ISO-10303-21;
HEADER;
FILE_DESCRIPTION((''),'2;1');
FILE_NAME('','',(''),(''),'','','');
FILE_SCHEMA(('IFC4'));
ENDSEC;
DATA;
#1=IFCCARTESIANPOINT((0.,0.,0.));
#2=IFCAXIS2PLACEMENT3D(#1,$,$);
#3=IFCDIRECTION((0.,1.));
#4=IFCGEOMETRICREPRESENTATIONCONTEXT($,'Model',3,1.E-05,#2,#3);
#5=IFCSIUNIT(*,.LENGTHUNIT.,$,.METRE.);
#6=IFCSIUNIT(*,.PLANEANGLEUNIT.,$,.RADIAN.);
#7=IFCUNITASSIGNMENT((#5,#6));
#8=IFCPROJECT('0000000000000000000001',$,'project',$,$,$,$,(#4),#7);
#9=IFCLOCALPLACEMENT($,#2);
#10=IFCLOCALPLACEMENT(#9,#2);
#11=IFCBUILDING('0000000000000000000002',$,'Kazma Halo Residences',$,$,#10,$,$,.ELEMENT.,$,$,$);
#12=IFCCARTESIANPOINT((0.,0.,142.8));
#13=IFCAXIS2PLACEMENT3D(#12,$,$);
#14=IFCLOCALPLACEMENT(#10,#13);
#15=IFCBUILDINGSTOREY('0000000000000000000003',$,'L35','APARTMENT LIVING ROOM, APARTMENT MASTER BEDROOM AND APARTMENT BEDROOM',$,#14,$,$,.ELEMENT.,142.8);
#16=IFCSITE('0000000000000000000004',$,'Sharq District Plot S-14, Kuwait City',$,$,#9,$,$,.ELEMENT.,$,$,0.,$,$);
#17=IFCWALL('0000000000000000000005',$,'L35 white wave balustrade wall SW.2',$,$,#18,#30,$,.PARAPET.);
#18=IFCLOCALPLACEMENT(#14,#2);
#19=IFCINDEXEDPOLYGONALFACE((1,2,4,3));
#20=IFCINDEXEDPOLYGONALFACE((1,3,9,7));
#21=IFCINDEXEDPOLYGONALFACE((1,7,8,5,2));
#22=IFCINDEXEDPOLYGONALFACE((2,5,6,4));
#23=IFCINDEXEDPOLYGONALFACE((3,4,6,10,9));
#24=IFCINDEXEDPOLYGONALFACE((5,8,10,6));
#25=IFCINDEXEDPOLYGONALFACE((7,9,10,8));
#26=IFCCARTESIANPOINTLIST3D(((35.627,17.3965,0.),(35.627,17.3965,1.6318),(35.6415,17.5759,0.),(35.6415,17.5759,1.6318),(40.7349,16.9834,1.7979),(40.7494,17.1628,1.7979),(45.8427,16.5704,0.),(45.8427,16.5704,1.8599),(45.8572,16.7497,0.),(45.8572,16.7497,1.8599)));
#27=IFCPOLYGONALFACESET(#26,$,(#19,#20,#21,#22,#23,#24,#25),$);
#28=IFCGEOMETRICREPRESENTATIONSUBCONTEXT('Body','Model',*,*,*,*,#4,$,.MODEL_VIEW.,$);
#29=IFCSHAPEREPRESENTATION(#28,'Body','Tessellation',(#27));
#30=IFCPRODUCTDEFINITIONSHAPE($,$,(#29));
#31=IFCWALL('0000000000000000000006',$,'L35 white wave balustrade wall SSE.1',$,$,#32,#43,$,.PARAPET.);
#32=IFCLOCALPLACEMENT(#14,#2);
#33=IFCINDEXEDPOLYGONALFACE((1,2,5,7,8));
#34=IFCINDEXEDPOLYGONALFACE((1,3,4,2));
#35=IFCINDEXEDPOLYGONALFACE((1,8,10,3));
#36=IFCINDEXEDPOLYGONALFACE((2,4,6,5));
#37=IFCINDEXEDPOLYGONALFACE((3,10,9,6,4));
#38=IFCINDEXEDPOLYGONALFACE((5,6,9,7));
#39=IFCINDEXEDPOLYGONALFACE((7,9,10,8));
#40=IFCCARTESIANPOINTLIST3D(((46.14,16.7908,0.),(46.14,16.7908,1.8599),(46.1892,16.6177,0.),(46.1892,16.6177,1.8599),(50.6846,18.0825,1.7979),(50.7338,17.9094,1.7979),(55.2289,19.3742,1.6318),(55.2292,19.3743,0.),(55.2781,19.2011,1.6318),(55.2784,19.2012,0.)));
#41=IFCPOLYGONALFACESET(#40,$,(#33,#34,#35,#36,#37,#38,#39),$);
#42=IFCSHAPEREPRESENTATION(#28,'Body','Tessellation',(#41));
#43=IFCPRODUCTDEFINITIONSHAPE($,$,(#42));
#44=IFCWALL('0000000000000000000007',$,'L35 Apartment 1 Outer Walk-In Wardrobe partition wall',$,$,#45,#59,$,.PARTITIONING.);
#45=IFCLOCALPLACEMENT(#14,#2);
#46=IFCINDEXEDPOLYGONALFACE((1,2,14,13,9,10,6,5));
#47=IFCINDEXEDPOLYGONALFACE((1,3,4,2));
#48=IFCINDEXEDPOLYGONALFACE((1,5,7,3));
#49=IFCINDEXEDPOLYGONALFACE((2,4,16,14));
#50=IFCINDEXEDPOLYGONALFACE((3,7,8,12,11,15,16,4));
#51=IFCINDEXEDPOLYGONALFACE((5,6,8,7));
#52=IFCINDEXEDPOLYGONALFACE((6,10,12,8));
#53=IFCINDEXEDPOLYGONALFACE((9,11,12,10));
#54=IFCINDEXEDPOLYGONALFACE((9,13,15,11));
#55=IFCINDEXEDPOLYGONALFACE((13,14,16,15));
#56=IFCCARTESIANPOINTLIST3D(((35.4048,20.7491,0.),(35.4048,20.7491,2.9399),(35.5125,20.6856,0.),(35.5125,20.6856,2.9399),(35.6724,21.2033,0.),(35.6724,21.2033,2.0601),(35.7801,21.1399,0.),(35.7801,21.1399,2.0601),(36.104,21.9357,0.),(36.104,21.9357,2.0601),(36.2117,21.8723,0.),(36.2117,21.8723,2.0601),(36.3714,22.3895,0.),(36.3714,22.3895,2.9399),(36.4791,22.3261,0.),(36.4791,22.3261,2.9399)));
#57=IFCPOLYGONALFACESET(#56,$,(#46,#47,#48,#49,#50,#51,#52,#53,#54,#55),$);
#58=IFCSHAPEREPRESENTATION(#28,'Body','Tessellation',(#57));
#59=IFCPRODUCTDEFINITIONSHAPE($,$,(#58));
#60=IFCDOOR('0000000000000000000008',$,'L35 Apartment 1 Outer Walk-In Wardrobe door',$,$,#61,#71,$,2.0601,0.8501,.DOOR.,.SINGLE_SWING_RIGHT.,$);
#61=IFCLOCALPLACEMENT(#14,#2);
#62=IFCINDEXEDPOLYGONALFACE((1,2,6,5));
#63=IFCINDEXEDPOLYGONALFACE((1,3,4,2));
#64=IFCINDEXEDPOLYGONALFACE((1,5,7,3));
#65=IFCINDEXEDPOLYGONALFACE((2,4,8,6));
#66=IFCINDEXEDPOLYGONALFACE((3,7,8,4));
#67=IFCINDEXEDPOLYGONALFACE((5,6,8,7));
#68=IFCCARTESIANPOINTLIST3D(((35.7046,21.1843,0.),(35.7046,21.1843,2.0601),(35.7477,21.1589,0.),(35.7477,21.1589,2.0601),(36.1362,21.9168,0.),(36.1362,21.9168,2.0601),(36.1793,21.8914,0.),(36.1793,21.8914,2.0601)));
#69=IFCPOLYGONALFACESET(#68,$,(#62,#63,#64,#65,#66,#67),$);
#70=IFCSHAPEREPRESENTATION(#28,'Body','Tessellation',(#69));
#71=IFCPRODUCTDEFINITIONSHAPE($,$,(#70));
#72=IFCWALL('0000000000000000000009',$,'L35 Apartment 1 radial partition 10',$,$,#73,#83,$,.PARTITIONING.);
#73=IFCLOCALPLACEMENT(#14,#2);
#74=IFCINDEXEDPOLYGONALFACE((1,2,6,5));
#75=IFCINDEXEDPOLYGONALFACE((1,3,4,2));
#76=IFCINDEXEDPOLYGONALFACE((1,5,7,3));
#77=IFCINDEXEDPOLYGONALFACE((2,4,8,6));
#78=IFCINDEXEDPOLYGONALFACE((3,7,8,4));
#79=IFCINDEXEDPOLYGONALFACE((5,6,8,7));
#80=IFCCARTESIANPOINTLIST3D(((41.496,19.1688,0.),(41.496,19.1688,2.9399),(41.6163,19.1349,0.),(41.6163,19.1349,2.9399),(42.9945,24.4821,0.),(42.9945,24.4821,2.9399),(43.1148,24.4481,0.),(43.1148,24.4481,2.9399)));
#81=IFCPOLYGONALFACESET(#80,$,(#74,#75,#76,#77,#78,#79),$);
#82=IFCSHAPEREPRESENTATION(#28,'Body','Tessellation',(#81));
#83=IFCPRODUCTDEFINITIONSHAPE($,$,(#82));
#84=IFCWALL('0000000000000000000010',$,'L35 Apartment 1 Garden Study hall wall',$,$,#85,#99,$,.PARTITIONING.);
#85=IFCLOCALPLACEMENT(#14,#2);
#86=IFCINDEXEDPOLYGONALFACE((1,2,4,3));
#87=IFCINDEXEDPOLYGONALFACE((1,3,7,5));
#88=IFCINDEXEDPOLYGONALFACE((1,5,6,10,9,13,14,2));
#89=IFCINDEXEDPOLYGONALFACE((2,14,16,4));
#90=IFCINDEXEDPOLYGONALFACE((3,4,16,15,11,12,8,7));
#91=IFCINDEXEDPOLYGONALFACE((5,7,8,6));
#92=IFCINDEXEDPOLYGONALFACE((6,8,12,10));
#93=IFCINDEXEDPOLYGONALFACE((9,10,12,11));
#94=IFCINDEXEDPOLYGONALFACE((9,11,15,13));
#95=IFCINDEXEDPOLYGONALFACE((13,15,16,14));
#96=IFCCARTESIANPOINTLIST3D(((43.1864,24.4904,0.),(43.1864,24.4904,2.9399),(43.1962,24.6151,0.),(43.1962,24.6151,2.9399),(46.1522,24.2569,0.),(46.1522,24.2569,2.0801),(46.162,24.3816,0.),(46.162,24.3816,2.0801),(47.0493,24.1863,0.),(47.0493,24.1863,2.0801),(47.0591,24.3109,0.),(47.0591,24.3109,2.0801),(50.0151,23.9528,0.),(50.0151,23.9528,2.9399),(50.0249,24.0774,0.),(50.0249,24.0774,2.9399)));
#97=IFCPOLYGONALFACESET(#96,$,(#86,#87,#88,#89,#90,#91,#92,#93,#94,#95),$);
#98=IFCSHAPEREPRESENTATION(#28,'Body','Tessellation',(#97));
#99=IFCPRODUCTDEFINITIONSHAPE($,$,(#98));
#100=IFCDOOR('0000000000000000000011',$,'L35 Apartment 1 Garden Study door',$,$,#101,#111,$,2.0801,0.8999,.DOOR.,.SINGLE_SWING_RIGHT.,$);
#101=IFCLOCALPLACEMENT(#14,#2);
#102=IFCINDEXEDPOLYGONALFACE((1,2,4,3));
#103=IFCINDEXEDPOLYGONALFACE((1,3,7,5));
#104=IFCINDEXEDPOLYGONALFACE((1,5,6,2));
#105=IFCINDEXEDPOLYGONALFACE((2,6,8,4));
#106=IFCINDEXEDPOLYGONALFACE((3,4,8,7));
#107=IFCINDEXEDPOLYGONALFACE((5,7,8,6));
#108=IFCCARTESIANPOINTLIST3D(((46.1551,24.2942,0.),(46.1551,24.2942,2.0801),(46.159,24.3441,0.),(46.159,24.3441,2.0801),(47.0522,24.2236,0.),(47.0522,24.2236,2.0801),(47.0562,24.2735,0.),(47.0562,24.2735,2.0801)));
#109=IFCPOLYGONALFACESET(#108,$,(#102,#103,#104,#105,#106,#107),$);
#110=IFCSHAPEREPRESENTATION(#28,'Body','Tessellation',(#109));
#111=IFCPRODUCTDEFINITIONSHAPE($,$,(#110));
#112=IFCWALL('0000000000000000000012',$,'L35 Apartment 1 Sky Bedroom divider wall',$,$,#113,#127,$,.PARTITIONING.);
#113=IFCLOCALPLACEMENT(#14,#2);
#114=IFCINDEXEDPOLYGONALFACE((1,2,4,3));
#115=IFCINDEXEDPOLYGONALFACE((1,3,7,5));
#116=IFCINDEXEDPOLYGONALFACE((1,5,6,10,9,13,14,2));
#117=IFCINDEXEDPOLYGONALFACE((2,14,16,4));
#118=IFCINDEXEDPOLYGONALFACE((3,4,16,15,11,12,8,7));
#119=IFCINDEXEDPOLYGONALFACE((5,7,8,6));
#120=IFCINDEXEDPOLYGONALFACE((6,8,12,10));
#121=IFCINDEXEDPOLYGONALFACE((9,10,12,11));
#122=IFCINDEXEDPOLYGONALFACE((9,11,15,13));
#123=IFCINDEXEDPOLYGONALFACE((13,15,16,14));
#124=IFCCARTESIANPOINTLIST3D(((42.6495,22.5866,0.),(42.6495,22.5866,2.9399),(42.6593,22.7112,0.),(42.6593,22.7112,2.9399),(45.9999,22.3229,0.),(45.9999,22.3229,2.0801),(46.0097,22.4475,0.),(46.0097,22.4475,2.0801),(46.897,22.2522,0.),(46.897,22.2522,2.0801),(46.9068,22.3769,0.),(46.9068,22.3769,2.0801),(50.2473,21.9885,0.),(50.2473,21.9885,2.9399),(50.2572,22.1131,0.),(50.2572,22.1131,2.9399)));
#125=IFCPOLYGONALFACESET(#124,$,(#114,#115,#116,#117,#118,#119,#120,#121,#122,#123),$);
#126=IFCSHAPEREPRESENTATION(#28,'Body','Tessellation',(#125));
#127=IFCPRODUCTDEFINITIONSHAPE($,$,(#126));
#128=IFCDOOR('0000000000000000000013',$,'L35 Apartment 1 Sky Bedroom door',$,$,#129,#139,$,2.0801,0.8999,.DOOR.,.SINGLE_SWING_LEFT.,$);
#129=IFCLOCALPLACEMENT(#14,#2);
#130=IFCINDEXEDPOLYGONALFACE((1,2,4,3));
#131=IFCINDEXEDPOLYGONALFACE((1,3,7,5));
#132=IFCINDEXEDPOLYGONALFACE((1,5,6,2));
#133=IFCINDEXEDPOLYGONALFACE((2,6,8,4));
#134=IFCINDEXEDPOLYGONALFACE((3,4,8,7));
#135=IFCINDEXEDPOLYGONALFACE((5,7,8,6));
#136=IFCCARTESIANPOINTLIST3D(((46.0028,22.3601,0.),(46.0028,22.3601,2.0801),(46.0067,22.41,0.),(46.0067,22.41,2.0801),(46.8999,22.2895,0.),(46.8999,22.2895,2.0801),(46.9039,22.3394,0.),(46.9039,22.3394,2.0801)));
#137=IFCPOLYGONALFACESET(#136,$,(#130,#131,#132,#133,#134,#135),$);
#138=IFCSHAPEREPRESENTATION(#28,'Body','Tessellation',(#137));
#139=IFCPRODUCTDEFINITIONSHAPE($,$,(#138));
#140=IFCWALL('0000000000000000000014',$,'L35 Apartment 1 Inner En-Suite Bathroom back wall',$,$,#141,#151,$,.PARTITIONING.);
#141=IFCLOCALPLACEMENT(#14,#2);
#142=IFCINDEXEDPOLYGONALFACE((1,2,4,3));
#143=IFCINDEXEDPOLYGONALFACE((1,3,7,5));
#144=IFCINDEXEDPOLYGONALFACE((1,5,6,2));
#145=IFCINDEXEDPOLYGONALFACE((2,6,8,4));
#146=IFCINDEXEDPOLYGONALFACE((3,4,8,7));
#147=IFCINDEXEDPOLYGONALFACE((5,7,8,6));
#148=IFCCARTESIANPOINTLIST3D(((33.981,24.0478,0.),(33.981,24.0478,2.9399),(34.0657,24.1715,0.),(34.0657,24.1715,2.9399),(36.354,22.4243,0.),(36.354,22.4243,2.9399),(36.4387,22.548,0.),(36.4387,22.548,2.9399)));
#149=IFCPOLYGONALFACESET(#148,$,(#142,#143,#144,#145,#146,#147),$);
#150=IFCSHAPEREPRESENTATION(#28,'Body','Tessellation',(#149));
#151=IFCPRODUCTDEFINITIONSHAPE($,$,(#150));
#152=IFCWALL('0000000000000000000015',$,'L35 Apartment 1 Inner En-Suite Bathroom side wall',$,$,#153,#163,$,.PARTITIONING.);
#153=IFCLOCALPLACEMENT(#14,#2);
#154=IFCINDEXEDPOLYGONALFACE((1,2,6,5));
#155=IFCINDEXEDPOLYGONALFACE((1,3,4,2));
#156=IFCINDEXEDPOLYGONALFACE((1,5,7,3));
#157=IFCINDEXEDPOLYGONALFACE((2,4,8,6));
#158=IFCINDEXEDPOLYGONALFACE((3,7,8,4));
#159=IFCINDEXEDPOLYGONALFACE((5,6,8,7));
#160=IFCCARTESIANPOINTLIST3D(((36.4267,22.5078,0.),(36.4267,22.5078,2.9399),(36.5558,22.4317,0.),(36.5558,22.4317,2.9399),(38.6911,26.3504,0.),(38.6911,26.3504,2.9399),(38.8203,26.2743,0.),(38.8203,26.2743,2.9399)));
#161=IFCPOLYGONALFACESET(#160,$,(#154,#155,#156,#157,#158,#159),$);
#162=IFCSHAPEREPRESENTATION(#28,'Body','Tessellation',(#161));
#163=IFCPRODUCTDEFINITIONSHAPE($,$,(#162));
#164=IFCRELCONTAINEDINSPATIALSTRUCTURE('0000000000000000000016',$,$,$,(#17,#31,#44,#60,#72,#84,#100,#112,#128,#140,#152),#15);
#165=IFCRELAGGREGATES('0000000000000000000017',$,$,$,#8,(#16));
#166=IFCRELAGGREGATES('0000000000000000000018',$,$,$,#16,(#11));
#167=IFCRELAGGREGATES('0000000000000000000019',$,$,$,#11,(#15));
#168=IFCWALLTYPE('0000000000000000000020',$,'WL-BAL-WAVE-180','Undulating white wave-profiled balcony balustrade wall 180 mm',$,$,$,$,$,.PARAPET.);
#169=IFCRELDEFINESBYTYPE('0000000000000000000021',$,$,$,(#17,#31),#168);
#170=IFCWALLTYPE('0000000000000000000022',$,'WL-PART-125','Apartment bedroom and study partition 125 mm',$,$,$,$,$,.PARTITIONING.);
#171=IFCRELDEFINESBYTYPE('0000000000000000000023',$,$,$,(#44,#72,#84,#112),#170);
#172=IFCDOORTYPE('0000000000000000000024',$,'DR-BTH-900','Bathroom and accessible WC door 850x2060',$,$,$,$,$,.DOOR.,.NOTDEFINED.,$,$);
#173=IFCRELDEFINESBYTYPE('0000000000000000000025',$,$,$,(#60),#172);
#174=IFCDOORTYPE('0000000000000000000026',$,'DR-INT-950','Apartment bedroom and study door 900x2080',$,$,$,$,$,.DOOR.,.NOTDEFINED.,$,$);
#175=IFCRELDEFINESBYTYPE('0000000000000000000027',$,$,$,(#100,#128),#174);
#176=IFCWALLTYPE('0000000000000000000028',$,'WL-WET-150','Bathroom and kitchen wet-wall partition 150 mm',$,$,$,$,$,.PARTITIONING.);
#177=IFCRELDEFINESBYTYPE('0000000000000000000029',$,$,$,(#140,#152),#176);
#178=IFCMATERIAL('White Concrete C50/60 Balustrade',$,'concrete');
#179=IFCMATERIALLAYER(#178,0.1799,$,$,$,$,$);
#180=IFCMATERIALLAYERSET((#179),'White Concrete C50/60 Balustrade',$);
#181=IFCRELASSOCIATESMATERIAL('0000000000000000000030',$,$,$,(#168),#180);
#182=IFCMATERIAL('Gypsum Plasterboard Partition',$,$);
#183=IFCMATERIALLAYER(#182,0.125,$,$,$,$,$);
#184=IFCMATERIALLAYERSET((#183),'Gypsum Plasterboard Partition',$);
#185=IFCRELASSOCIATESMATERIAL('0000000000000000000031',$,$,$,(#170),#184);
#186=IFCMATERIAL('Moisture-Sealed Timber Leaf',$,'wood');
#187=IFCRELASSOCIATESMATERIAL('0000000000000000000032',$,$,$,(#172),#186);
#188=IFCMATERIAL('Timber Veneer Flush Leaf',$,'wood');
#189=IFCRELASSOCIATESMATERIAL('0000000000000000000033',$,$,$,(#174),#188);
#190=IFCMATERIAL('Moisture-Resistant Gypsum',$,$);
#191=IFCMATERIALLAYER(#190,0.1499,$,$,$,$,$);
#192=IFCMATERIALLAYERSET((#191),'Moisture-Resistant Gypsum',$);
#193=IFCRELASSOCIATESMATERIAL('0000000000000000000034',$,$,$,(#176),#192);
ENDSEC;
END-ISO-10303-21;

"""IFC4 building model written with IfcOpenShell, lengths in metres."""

from ifc_helpers import new_model, si_unit, direction, frame, frame_2d, origin, place, context, subcontext, project, spatial, polyline, rectangle, outline, extrude, material, layer, layer_set, type_object, element, fill, save


model = new_model("IFC4")

# Units and contexts
model_context = context("Model", 3, precision=1e-05, world=origin(), true_north=direction((0.0, 1.0)))
body_context = subcontext(model_context, "Body", "Model", "MODEL_VIEW")
ifc_project = project(units=[si_unit("LENGTHUNIT", "METRE"), si_unit("PLANEANGLEUNIT", "RADIAN")], contexts=[model_context])

# Site, building, storey
site_placement = place(None, origin())
site = spatial("IfcSite", under=ifc_project, at=site_placement, Name="Sharq District Plot S-14, Kuwait City", CompositionType="ELEMENT", RefElevation=0.0)
building_placement = place(site_placement, origin())
building = spatial("IfcBuilding", under=site, at=building_placement, Name="Kazma Halo Residences", CompositionType="ELEMENT")
storey_placement = place(building_placement, frame((0.0, 0.0, 142.8)))
storey = spatial("IfcBuildingStorey", under=building, at=storey_placement, Name="L35", Description="APARTMENT LIVING ROOM, APARTMENT MASTER BEDROOM AND APARTMENT BEDROOM", CompositionType="ELEMENT", Elevation=142.8)

# Walls
ifc_material_1 = material(Name="White Concrete C50/60 Balustrade", Category="concrete")
ifc_layer_1 = layer(ifc_material_1, 0.1799)
ifc_layer_set_1 = layer_set([ifc_layer_1], Name="White Concrete C50/60 Balustrade")
wall_type_1 = type_object("IfcWallType", Name="WL-BAL-WAVE-180", Description="Undulating white wave-profiled balcony balustrade wall 180 mm", PredefinedType="PARAPET", material=ifc_layer_set_1)
wall_1_placement = place(storey_placement, frame((35.6343, 17.4863, 0.0), z_axis=(0.0, 0.0, 1.0), x_axis=(0.996746, -0.080611, 0.0)))
element("IfcWall", 1, at=wall_1_placement, inside=storey, type_object=wall_type_1, Name="L35 white wave balustrade wall SW.2", PredefinedType="PARAPET", context=body_context, shape_type="SweptSolid", body=[
    extrude(outline(polyline([(0.0, 0.0), (10.249, 0.0), (10.249, 1.8599), (5.1245, 1.7979), (0.0, 1.6318), (0.0, 0.0)])), frame((0.0, 0.0898, 0.0), z_axis=(0.0, -1.0, 0.0), x_axis=(1.0, 0.0, 0.0)), (0.0, 0.0, 1.0), 0.1799),
])
wall_2_placement = place(storey_placement, frame((46.1646, 16.7043, 0.0), z_axis=(0.0, 0.0, 1.0), x_axis=(0.961897, 0.27341, 0.0)))
element("IfcWall", 2, at=wall_2_placement, inside=storey, type_object=wall_type_1, Name="L35 white wave balustrade wall SSE.1", PredefinedType="PARAPET", context=body_context, shape_type="SweptSolid", body=[
    extrude(outline(polyline([(0.0, 0.0), (9.4492, 0.0), (9.449, 1.6318), (4.7246, 1.7979), (0.0, 1.8599), (0.0, 0.0)])), frame((0.0, 0.0898, 0.0), z_axis=(0.0, -1.0, 0.0), x_axis=(1.0, 0.0, 0.0)), (0.0, 0.0, 1.0), 0.1799),
])

# Wall, opening, door
ifc_material_2 = material(Name="Gypsum Plasterboard Partition")
ifc_layer_2 = layer(ifc_material_2, 0.125)
ifc_layer_set_2 = layer_set([ifc_layer_2], Name="Gypsum Plasterboard Partition")
wall_type_2 = type_object("IfcWallType", Name="WL-PART-125", Description="Apartment bedroom and study partition 125 mm", PredefinedType="PARTITIONING", material=ifc_layer_set_2)
wall_3_placement = place(storey_placement, frame((36.4253, 22.3579, 0.0), z_axis=(0.0, 0.0, 1.0), x_axis=(-0.507653, -0.861561, 0.0)))
wall_3 = element("IfcWall", 3, at=wall_3_placement, inside=storey, type_object=wall_type_2, Name="L35 Apartment 1 Outer Walk-In Wardrobe partition wall", PredefinedType="PARTITIONING", context=body_context, shape_type="SweptSolid", body=[
    extrude(rectangle(XDim=1.9041, YDim=0.125, at=frame_2d((0.9521, 0.0))), origin(), (0.0, 0.0, 1.0), 2.9399),
])
opening_1_placement = place(wall_3_placement, frame((0.5269, 0.0, 0.0)))
opening_1 = element("IfcOpeningElement", 4, at=opening_1_placement, cuts=wall_3, PredefinedType="OPENING", context=body_context, shape_type="SweptSolid", body=[
    extrude(rectangle(XDim=0.8501, YDim=2.0601, at=frame_2d((0.425, 1.03))), frame((0.0, 0.0725, 0.0), z_axis=(0.0, -1.0, 0.0), x_axis=(1.0, 0.0, 0.0)), (0.0, 0.0, 1.0), 0.145),
])
ifc_material_3 = material(Name="Moisture-Sealed Timber Leaf", Category="wood")
door_type_1 = type_object("IfcDoorType", Name="DR-BTH-900", Description="Bathroom and accessible WC door 850x2060", OperationType="NOTDEFINED", PredefinedType="DOOR", material=ifc_material_3)
door_1_placement = place(opening_1_placement, origin())
door_1 = element("IfcDoor", 5, at=door_1_placement, inside=storey, type_object=door_type_1, Name="L35 Apartment 1 Outer Walk-In Wardrobe door", OperationType="SINGLE_SWING_RIGHT", OverallHeight=2.0601, OverallWidth=0.8501, PredefinedType="DOOR", context=body_context, shape_type="SweptSolid", body=[
    extrude(rectangle(XDim=0.8501, YDim=2.0601, at=frame_2d((0.425, 1.03))), frame((0.0, 0.0249, 0.0), z_axis=(0.0, -1.0, 0.0), x_axis=(1.0, 0.0, 0.0)), (0.0, 0.0, 1.0), 0.05),
])
fill(opening_1, door_1)

# Wall
wall_4_placement = place(storey_placement, frame((43.0547, 24.4651, 0.0), z_axis=(0.0, 0.0, 1.0), x_axis=(-0.271449, -0.962453, 0.0)))
element("IfcWall", 6, at=wall_4_placement, inside=storey, type_object=wall_type_2, Name="L35 Apartment 1 radial partition 10", PredefinedType="PARTITIONING", context=body_context, shape_type="SweptSolid", body=[
    extrude(rectangle(XDim=5.5205, YDim=0.125, at=frame_2d((2.7603, 0.0))), origin(), (0.0, 0.0, 1.0), 2.9399),
])

# Walls, openings, doors
wall_5_placement = place(storey_placement, frame((43.1914, 24.5527, 0.0), z_axis=(0.0, 0.0, 1.0), x_axis=(0.996915, -0.078484, 0.0)))
wall_5 = element("IfcWall", 7, at=wall_5_placement, inside=storey, type_object=wall_type_2, Name="L35 Apartment 1 Garden Study hall wall", PredefinedType="PARTITIONING", context=body_context, shape_type="SweptSolid", body=[
    extrude(rectangle(XDim=6.8499, YDim=0.125, at=frame_2d((3.4248, 0.0))), origin(), (0.0, 0.0, 1.0), 2.9399),
])
opening_2_placement = place(wall_5_placement, frame((2.9749, 0.0, 0.0)))
opening_2 = element("IfcOpeningElement", 8, at=opening_2_placement, cuts=wall_5, PredefinedType="OPENING", context=body_context, shape_type="SweptSolid", body=[
    extrude(rectangle(XDim=0.8999, YDim=2.0801, at=frame_2d((0.45, 1.04))), frame((0.0, 0.0725, 0.0), z_axis=(0.0, -1.0, 0.0), x_axis=(1.0, 0.0, 0.0)), (0.0, 0.0, 1.0), 0.145),
])
ifc_material_4 = material(Name="Timber Veneer Flush Leaf", Category="wood")
door_type_2 = type_object("IfcDoorType", Name="DR-INT-950", Description="Apartment bedroom and study door 900x2080", OperationType="NOTDEFINED", PredefinedType="DOOR", material=ifc_material_4)
door_2_placement = place(opening_2_placement, origin())
door_2 = element("IfcDoor", 9, at=door_2_placement, inside=storey, type_object=door_type_2, Name="L35 Apartment 1 Garden Study door", OperationType="SINGLE_SWING_RIGHT", OverallHeight=2.0801, OverallWidth=0.8999, PredefinedType="DOOR", context=body_context, shape_type="SweptSolid", body=[
    extrude(rectangle(XDim=0.8999, YDim=2.0801, at=frame_2d((0.45, 1.04))), frame((0.0, 0.0249, 0.0), z_axis=(0.0, -1.0, 0.0), x_axis=(1.0, 0.0, 0.0)), (0.0, 0.0, 1.0), 0.05),
])
fill(opening_2, door_2)
wall_6_placement = place(storey_placement, frame((42.6545, 22.6489, 0.0), z_axis=(0.0, 0.0, 1.0), x_axis=(0.996916, -0.078482, 0.0)))
wall_6 = element("IfcWall", 10, at=wall_6_placement, inside=storey, type_object=wall_type_2, Name="L35 Apartment 1 Sky Bedroom divider wall", PredefinedType="PARTITIONING", context=body_context, shape_type="SweptSolid", body=[
    extrude(rectangle(XDim=7.6213, YDim=0.125, at=frame_2d((3.8105, 0.0))), origin(), (0.0, 0.0, 1.0), 2.9399),
])
opening_3_placement = place(wall_6_placement, frame((3.3606, 0.0, 0.0)))
opening_3 = element("IfcOpeningElement", 11, at=opening_3_placement, cuts=wall_6, PredefinedType="OPENING", context=body_context, shape_type="SweptSolid", body=[
    extrude(rectangle(XDim=0.8999, YDim=2.0801, at=frame_2d((0.45, 1.04))), frame((0.0, 0.0725, 0.0), z_axis=(0.0, -1.0, 0.0), x_axis=(1.0, 0.0, 0.0)), (0.0, 0.0, 1.0), 0.145),
])
door_3_placement = place(opening_3_placement, origin())
door_3 = element("IfcDoor", 12, at=door_3_placement, inside=storey, type_object=door_type_2, Name="L35 Apartment 1 Sky Bedroom door", OperationType="SINGLE_SWING_LEFT", OverallHeight=2.0801, OverallWidth=0.8999, PredefinedType="DOOR", context=body_context, shape_type="SweptSolid", body=[
    extrude(rectangle(XDim=0.8999, YDim=2.0801, at=frame_2d((0.45, 1.04))), frame((0.0, 0.0249, 0.0), z_axis=(0.0, -1.0, 0.0), x_axis=(1.0, 0.0, 0.0)), (0.0, 0.0, 1.0), 0.05),
])
fill(opening_3, door_3)

# Walls
ifc_material_5 = material(Name="Moisture-Resistant Gypsum")
ifc_layer_3 = layer(ifc_material_5, 0.1499)
ifc_layer_set_3 = layer_set([ifc_layer_3], Name="Moisture-Resistant Gypsum")
wall_type_3 = type_object("IfcWallType", Name="WL-WET-150", Description="Bathroom and kitchen wet-wall partition 150 mm", PredefinedType="PARTITIONING", material=ifc_layer_set_3)
wall_7_placement = place(storey_placement, frame((34.0234, 24.1096, 0.0), z_axis=(0.0, 0.0, 1.0), x_axis=(0.825328, -0.564653, 0.0)))
element("IfcWall", 13, at=wall_7_placement, inside=storey, type_object=wall_type_3, Name="L35 Apartment 1 Inner En-Suite Bathroom back wall", PredefinedType="PARTITIONING", context=body_context, shape_type="SweptSolid", body=[
    extrude(rectangle(XDim=2.8752, YDim=0.1499, at=frame_2d((1.4375, 0.0))), origin(), (0.0, 0.0, 1.0), 2.9399),
])
wall_8_placement = place(storey_placement, frame((38.7556, 26.3123, 0.0), z_axis=(0.0, 0.0, 1.0), x_axis=(-0.507702, -0.861533, 0.0)))
element("IfcWall", 14, at=wall_8_placement, inside=storey, type_object=wall_type_3, Name="L35 Apartment 1 Inner En-Suite Bathroom side wall", PredefinedType="PARTITIONING", context=body_context, shape_type="SweptSolid", body=[
    extrude(rectangle(XDim=4.4602, YDim=0.1499, at=frame_2d((2.23, 0.0))), origin(), (0.0, 0.0, 1.0), 2.9399),
])

save(model, "model.ifc")
